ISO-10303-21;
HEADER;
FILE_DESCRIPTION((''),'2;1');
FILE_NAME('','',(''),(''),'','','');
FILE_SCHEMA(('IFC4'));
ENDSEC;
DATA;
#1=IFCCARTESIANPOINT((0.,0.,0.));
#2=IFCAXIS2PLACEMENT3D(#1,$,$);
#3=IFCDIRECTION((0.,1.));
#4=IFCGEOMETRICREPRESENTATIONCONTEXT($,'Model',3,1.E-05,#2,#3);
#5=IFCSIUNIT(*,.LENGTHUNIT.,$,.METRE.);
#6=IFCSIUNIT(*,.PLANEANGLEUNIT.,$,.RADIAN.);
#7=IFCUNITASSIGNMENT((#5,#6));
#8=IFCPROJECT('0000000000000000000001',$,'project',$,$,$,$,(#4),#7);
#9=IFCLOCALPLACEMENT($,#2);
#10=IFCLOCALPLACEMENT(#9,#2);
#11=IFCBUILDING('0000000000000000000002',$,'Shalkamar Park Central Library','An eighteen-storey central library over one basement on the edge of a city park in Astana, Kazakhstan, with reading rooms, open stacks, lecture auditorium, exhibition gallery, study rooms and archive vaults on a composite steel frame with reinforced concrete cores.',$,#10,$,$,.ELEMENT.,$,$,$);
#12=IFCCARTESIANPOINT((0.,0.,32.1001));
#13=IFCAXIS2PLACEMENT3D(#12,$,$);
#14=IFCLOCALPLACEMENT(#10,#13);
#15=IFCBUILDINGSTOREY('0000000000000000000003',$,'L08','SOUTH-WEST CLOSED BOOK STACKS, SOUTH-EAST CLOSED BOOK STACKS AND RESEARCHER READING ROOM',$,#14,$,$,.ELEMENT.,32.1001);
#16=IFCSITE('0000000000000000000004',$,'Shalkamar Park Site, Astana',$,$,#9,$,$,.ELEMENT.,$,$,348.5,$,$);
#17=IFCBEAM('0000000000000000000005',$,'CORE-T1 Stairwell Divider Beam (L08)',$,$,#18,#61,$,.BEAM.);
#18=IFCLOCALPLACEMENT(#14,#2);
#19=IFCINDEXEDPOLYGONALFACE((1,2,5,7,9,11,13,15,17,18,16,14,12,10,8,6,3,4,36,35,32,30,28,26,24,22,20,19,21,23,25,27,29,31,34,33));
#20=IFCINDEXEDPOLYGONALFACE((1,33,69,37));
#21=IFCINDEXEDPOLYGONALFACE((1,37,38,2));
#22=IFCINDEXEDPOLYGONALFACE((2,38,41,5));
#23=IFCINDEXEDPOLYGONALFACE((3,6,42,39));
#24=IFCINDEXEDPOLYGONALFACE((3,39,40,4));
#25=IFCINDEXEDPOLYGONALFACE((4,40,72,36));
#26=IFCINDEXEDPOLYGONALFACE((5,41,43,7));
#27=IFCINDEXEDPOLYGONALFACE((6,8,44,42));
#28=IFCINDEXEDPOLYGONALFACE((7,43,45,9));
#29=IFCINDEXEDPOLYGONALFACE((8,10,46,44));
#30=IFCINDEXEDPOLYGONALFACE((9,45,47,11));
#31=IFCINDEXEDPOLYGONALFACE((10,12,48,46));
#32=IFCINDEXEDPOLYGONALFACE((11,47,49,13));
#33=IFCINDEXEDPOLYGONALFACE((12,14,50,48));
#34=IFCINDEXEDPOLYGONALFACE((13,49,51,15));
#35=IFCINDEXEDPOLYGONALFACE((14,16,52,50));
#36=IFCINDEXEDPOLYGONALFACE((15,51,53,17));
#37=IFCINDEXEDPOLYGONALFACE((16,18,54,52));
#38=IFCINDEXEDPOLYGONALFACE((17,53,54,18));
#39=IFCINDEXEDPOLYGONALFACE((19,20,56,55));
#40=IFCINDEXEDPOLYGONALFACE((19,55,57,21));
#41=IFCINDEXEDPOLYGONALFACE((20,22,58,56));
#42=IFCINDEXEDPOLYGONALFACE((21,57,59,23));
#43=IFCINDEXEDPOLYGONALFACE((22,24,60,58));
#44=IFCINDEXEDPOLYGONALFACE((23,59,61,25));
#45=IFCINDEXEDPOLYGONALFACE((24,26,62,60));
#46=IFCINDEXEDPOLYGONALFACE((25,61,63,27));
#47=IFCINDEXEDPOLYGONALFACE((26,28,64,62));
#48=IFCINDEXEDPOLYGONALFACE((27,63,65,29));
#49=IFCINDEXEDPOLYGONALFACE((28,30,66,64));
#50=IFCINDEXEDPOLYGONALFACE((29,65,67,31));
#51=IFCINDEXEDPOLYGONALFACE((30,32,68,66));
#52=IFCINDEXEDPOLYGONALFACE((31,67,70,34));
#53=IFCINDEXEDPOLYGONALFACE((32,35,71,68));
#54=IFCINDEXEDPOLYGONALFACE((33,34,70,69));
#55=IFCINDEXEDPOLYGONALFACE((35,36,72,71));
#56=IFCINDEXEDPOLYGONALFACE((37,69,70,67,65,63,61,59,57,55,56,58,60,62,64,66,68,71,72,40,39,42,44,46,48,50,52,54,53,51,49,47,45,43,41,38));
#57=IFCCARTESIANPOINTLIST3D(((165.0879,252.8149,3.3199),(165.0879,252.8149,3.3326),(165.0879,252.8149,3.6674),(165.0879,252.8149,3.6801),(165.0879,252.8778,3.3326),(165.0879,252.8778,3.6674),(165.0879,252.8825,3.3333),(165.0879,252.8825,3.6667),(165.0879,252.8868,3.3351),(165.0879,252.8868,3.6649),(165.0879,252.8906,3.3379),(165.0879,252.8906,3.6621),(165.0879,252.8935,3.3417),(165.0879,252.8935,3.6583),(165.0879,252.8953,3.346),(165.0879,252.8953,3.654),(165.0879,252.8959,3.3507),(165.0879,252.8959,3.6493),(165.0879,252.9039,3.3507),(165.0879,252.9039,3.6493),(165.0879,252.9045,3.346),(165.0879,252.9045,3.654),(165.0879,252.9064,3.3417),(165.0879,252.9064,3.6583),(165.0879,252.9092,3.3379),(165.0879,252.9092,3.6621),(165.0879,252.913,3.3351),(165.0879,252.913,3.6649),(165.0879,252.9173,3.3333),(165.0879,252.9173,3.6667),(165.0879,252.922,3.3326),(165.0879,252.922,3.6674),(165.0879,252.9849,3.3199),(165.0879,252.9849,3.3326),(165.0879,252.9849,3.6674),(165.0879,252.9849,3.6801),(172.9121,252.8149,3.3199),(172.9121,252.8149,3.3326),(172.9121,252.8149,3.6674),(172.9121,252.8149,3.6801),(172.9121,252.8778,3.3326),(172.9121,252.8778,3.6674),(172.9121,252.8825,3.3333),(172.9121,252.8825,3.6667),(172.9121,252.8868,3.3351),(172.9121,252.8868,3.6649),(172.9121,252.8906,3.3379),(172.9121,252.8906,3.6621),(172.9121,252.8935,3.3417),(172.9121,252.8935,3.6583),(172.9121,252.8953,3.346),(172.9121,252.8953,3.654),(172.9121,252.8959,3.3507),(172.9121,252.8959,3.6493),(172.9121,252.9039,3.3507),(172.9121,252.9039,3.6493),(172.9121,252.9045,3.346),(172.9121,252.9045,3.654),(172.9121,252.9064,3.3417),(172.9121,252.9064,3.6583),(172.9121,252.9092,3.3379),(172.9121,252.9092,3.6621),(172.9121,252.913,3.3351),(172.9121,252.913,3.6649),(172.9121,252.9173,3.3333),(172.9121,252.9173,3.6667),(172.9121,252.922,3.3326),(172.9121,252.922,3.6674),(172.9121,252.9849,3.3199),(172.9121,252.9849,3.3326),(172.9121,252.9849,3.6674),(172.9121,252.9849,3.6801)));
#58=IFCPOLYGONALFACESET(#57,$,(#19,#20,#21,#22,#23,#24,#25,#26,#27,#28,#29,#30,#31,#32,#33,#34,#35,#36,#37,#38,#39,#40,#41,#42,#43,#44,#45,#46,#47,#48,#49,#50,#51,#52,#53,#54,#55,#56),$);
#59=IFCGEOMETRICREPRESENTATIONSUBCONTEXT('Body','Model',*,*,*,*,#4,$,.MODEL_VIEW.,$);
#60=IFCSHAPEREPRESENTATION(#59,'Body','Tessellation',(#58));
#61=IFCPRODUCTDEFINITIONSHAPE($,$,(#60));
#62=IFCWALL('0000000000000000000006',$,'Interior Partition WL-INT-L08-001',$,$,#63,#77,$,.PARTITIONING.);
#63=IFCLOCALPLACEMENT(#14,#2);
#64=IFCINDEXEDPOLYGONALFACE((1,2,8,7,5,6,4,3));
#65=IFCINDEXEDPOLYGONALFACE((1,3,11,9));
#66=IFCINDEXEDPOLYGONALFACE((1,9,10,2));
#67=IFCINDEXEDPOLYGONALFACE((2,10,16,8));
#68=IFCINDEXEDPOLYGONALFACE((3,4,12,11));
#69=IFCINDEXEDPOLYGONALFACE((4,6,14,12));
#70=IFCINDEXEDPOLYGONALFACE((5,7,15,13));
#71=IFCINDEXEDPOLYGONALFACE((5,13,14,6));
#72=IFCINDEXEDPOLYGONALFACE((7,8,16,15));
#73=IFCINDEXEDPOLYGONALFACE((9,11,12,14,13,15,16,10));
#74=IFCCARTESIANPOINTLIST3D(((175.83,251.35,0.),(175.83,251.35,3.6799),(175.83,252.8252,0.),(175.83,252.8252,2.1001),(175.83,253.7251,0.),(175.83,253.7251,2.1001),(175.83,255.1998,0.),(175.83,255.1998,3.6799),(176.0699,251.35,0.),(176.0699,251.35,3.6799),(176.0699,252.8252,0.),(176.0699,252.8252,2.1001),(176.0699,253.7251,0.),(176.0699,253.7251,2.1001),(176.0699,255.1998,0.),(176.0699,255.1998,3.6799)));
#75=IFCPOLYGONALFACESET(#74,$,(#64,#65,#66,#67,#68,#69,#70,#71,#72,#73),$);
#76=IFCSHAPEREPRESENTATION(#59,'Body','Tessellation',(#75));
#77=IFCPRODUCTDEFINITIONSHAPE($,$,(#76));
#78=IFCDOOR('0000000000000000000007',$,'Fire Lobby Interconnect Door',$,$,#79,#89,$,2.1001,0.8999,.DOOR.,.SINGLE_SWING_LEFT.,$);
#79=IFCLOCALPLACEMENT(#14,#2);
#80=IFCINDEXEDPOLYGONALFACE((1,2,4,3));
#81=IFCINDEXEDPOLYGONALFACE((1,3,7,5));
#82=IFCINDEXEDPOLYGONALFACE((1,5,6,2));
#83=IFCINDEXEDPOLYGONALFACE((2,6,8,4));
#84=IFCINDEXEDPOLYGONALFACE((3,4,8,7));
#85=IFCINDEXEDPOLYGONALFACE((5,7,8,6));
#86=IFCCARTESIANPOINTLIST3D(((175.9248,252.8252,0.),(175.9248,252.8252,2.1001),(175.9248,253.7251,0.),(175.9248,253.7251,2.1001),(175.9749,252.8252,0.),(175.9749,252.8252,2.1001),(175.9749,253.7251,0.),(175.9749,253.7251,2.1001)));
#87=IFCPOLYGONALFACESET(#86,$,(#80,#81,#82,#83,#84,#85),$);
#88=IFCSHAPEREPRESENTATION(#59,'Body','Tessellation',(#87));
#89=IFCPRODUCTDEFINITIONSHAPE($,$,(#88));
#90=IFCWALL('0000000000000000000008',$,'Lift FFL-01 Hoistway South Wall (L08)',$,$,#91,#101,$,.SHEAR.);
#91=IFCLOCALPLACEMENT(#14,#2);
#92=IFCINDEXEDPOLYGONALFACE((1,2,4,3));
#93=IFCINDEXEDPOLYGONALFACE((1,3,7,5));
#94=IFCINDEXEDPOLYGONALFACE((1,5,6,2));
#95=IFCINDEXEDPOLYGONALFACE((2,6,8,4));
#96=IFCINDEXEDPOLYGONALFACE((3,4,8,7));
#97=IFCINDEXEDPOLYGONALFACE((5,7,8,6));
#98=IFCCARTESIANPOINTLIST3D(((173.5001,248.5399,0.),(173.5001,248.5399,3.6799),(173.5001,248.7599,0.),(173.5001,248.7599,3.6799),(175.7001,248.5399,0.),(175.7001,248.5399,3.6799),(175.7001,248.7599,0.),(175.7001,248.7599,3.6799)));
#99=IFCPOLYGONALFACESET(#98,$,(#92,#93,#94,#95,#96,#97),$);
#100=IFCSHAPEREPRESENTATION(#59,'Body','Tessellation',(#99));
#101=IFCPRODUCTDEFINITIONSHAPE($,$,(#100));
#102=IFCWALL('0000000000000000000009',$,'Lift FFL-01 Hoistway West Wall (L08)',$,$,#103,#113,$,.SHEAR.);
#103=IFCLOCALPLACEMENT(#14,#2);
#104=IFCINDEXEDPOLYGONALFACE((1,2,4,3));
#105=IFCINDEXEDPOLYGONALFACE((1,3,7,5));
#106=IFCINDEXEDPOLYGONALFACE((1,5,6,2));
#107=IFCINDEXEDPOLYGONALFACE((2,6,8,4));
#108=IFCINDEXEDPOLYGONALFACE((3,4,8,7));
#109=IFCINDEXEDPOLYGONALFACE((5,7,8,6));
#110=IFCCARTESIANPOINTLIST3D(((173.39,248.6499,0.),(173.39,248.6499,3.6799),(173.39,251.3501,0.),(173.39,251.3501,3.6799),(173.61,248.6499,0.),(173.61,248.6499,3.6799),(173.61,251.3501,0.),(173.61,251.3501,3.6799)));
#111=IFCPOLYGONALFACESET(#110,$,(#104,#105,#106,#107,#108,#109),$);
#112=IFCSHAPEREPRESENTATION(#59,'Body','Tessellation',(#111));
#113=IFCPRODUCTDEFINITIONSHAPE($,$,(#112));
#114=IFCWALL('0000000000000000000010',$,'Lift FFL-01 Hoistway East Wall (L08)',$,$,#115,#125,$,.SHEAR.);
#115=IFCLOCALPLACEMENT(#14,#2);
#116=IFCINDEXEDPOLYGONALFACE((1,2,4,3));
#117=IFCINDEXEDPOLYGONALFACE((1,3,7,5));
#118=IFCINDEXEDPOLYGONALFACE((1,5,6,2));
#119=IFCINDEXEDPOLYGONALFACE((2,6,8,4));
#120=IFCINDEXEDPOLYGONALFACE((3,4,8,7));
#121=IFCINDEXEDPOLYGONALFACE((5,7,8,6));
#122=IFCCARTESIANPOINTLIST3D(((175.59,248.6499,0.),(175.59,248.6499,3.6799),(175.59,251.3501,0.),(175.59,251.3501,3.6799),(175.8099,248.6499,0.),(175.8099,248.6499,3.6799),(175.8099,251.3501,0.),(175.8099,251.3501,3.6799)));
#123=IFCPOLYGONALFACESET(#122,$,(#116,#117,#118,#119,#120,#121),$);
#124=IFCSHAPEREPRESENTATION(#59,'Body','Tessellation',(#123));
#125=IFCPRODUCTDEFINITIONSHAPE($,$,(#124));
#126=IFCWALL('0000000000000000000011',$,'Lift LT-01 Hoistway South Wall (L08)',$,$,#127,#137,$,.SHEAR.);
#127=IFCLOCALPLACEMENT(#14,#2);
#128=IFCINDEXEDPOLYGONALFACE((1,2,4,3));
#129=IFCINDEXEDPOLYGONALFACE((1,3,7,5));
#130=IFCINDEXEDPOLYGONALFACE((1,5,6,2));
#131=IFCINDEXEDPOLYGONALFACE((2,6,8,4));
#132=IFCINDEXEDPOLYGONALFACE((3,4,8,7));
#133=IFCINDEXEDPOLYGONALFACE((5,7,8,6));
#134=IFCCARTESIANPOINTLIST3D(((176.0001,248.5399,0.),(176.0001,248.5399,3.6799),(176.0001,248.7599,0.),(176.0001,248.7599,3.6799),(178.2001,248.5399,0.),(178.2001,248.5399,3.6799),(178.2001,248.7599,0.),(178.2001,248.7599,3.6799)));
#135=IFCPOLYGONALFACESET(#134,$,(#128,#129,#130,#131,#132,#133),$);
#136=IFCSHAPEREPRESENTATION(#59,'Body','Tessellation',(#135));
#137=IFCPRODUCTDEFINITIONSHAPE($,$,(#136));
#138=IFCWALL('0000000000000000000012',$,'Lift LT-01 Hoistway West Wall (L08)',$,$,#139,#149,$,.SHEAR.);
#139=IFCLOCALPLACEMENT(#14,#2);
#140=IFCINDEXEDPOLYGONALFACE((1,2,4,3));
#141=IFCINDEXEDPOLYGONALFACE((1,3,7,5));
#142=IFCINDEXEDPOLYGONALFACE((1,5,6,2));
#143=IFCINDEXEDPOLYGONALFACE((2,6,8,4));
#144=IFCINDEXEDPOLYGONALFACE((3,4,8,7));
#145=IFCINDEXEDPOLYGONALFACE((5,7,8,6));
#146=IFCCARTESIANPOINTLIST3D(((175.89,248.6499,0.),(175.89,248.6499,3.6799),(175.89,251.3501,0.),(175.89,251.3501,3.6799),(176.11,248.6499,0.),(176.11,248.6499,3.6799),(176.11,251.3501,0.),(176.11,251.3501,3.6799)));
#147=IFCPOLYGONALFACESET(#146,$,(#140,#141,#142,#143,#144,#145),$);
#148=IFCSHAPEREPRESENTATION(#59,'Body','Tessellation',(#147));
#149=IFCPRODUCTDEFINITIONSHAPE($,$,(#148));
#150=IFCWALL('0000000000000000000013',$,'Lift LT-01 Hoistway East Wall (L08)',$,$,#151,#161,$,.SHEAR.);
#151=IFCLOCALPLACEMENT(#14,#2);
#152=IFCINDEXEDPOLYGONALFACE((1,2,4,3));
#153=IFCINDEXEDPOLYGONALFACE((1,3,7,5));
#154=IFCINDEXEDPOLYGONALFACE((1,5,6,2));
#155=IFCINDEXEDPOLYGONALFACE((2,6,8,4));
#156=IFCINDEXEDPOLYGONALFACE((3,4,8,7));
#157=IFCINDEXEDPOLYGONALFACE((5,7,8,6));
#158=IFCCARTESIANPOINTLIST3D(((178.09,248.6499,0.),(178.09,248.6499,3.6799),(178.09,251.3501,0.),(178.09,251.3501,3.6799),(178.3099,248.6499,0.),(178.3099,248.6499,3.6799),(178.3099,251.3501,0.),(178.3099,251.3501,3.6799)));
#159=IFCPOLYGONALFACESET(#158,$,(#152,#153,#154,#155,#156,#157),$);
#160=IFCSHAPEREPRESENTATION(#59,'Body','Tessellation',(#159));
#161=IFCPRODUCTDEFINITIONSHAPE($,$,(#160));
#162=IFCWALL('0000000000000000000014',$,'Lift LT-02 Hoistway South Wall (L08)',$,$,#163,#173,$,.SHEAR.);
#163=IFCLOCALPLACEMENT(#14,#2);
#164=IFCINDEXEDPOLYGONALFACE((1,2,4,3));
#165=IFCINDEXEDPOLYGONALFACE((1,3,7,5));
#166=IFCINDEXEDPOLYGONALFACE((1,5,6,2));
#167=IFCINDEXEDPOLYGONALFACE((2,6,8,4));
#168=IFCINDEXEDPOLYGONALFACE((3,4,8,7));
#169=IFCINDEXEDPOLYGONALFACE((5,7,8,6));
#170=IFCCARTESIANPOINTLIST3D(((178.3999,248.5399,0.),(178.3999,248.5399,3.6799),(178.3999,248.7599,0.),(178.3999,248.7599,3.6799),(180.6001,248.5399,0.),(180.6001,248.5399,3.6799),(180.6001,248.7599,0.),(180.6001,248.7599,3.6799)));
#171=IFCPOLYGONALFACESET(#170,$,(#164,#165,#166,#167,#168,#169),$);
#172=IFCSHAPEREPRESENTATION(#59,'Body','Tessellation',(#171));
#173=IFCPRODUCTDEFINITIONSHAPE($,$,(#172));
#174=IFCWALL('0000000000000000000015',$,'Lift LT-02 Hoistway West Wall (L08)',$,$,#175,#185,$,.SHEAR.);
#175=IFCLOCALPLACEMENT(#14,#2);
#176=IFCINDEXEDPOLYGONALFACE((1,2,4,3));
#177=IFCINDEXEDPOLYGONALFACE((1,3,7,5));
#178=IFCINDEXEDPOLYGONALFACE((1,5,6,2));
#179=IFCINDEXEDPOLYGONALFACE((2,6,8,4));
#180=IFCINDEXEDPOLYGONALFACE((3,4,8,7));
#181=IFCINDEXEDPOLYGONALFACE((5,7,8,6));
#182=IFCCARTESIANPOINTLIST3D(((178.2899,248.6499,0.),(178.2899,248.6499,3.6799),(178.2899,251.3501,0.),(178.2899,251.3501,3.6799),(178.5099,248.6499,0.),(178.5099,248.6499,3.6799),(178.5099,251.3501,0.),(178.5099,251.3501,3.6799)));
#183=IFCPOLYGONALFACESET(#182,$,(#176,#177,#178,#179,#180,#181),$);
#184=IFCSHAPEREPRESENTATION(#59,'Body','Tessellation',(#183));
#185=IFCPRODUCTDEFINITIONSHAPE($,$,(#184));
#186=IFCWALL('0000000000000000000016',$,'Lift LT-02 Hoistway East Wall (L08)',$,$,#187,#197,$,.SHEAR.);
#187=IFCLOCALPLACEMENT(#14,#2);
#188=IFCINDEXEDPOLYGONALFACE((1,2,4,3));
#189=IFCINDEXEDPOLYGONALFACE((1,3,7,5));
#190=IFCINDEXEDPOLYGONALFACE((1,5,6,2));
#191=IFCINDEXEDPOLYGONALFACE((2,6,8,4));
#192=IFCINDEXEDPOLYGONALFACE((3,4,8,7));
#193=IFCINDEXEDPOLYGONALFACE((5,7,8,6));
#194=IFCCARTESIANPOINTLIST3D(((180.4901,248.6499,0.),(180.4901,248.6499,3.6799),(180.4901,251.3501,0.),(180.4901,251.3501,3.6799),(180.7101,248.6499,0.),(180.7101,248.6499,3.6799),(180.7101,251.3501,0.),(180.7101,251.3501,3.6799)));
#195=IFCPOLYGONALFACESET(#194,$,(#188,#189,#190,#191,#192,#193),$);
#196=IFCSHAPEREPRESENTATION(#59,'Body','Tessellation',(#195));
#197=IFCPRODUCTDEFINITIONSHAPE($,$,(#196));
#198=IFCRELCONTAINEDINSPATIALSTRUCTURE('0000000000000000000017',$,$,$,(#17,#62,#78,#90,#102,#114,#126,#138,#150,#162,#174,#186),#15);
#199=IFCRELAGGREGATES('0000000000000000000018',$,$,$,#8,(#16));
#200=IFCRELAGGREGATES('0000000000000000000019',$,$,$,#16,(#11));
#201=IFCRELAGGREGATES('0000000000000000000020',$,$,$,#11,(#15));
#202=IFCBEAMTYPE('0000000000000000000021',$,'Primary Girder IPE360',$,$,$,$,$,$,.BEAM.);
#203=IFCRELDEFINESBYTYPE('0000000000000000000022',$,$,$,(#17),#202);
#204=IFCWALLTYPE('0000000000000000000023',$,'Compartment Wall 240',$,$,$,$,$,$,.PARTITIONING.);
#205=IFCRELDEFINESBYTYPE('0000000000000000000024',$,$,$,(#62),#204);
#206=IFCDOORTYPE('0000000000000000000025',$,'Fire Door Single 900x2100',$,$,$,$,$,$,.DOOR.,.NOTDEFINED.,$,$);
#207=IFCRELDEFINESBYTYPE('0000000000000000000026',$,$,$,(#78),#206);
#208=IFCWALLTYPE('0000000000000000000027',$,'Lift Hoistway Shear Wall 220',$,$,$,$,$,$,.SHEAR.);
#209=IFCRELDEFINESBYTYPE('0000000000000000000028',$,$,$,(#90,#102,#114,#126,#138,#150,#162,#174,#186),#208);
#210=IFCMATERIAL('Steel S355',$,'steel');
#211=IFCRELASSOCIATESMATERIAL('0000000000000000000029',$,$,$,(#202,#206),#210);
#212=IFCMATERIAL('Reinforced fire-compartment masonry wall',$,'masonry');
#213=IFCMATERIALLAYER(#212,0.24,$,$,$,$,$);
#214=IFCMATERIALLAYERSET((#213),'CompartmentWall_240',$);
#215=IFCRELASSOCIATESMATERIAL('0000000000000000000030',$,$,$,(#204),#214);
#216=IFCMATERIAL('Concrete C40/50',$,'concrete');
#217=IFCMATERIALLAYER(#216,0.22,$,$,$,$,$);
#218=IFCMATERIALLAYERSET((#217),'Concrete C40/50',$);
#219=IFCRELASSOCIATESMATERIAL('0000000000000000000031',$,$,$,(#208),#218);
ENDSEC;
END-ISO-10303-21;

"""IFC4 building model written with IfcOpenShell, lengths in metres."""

from ifc_helpers import new_model, si_unit, direction, frame, frame_2d, origin, origin_2d, place, context, subcontext, project, spatial, rectangle, i_section, extrude, material, layer, layer_set, material_profile, profile_set, type_object, element, fill, save


model = new_model("IFC4")

# Units and contexts
model_context = context("Model", 3, precision=1e-05, world=origin(), true_north=direction((0.0, 1.0)))
body_context = subcontext(model_context, "Body", "Model", "MODEL_VIEW")
ifc_project = project(units=[si_unit("LENGTHUNIT", "METRE"), si_unit("PLANEANGLEUNIT", "RADIAN")], contexts=[model_context])

# Site, building, storey
site_placement = place(None, origin())
site = spatial("IfcSite", under=ifc_project, at=site_placement, Name="Shalkamar Park Site, Astana", CompositionType="ELEMENT", RefElevation=348.5)
building_placement = place(site_placement, origin())
building = spatial("IfcBuilding", under=site, at=building_placement, Name="Shalkamar Park Central Library", Description="An eighteen-storey central library over one basement on the edge of a city park in Astana, Kazakhstan, with reading rooms, open stacks, lecture auditorium, exhibition gallery, study rooms and archive vaults on a composite steel frame with reinforced concrete cores.", CompositionType="ELEMENT")
storey_placement = place(building_placement, frame((0.0, 0.0, 32.1001)))
storey = spatial("IfcBuildingStorey", under=building, at=storey_placement, Name="L08", Description="SOUTH-WEST CLOSED BOOK STACKS, SOUTH-EAST CLOSED BOOK STACKS AND RESEARCHER READING ROOM", CompositionType="ELEMENT", Elevation=32.1001)

# Shared definitions
ifc_material_1 = material(Name="Steel S355", Category="steel")

# Beam
ifc_material_profile_1 = material_profile(ifc_material_1, i_section(OverallWidth=0.1699, OverallDepth=0.3601, WebThickness=0.0081, FlangeThickness=0.0127, FilletRadius=0.0181, at=origin_2d()), Name="IPE 360")
ifc_profile_set_1 = profile_set([ifc_material_profile_1], Name="Steel S355")
beam_type_1 = type_object("IfcBeamType", Name="Primary Girder IPE360", PredefinedType="BEAM", material=ifc_profile_set_1)
beam_1_placement = place(storey_placement, frame((165.0879, 252.8999, 3.5), z_axis=(1.0, 0.0, 0.0), x_axis=(0.0, 1.0, 0.0)))
element("IfcBeam", 1, at=beam_1_placement, inside=storey, type_object=beam_type_1, Name="CORE-T1 Stairwell Divider Beam (L08)", PredefinedType="BEAM", context=body_context, shape_type="SweptSolid", body=[
    extrude(i_section(OverallWidth=0.1699, OverallDepth=0.3601, WebThickness=0.0081, FlangeThickness=0.0127, FilletRadius=0.0181, at=origin_2d()), origin(), (0.0, 0.0, 1.0), 7.8242),
])

# Wall, opening, door
ifc_material_2 = material(Name="Reinforced fire-compartment masonry wall", Category="masonry")
ifc_layer_1 = layer(ifc_material_2, 0.24)
ifc_layer_set_1 = layer_set([ifc_layer_1], Name="CompartmentWall_240")
wall_type_1 = type_object("IfcWallType", Name="Compartment Wall 240", PredefinedType="PARTITIONING", material=ifc_layer_set_1)
wall_1_placement = place(storey_placement, frame((175.95, 251.3501, 0.0), z_axis=(0.0, 0.0, 1.0), x_axis=(0.0, 1.0, 0.0)))
wall_1 = element("IfcWall", 2, at=wall_1_placement, inside=storey, type_object=wall_type_1, Name="Interior Partition WL-INT-L08-001", PredefinedType="PARTITIONING", context=body_context, shape_type="SweptSolid", body=[
    extrude(rectangle(XDim=3.8499, YDim=0.24, at=frame_2d((1.9248, 0.0))), origin(), (0.0, 0.0, 1.0), 3.6799),
])
opening_1_placement = place(wall_1_placement, frame((1.4751, 0.0, 0.0)))
opening_1 = element("IfcOpeningElement", 3, at=opening_1_placement, cuts=wall_1, PredefinedType="OPENING", context=body_context, shape_type="SweptSolid", body=[
    extrude(rectangle(XDim=0.8999, YDim=2.1001, at=frame_2d((0.45, 1.05))), frame((0.0, 0.1348, 0.0), z_axis=(0.0, -1.0, 0.0), x_axis=(1.0, 0.0, 0.0)), (0.0, 0.0, 1.0), 0.2698),
])
door_type_1 = type_object("IfcDoorType", Name="Fire Door Single 900x2100", OperationType="NOTDEFINED", PredefinedType="DOOR", material=ifc_material_1)
door_1_placement = place(opening_1_placement, frame((0.8999, 0.0, 0.0), z_axis=(0.0, 0.0, 1.0), x_axis=(-1.0, 0.0, 0.0)))
door_1 = element("IfcDoor", 4, at=door_1_placement, inside=storey, type_object=door_type_1, Name="Fire Lobby Interconnect Door", OperationType="SINGLE_SWING_LEFT", OverallHeight=2.1001, OverallWidth=0.8999, PredefinedType="DOOR", context=body_context, shape_type="SweptSolid", body=[
    extrude(rectangle(XDim=0.8999, YDim=2.1001, at=frame_2d((0.45, 1.05))), frame((0.0, 0.0249, 0.0), z_axis=(0.0, -1.0, 0.0), x_axis=(1.0, 0.0, 0.0)), (0.0, 0.0, 1.0), 0.05),
])
fill(opening_1, door_1)

# Walls
ifc_material_3 = material(Name="Concrete C40/50", Category="concrete")
ifc_layer_2 = layer(ifc_material_3, 0.22)
ifc_layer_set_2 = layer_set([ifc_layer_2], Name="Concrete C40/50")
wall_type_2 = type_object("IfcWallType", Name="Lift Hoistway Shear Wall 220", PredefinedType="SHEAR", material=ifc_layer_set_2)
wall_2_placement = place(storey_placement, frame((173.5, 248.6499, 0.0), z_axis=(0.0, 0.0, 1.0), x_axis=(1.0, 0.0, 0.0)))
element("IfcWall", 5, at=wall_2_placement, inside=storey, type_object=wall_type_2, Name="Lift FFL-01 Hoistway South Wall (L08)", PredefinedType="SHEAR", context=body_context, shape_type="SweptSolid", body=[
    extrude(rectangle(XDim=2.2, YDim=0.22, at=frame_2d((1.1001, 0.0))), origin(), (0.0, 0.0, 1.0), 3.6799),
])
for number, where, z_axis, x_axis, name in (
    (6, (173.5, 248.6499, 0.0), (0.0, 0.0, 1.0), (0.0, 1.0, 0.0), "Lift FFL-01 Hoistway West Wall (L08)"),
    (7, (175.7, 248.6499, 0.0), (0.0, 0.0, 1.0), (0.0, 1.0, 0.0), "Lift FFL-01 Hoistway East Wall (L08)"),
):
    element("IfcWall", number, at=place(storey_placement, frame(where, z_axis=z_axis, x_axis=x_axis)), inside=storey, type_object=wall_type_2, Name=name, PredefinedType="SHEAR", context=body_context, shape_type="SweptSolid", body=[
        extrude(rectangle(XDim=2.7002, YDim=0.22, at=frame_2d((1.3501, 0.0))), origin(), (0.0, 0.0, 1.0), 3.6799),
    ])

# Walls
wall_3_placement = place(storey_placement, frame((176.0, 248.6499, 0.0), z_axis=(0.0, 0.0, 1.0), x_axis=(1.0, 0.0, 0.0)))
element("IfcWall", 8, at=wall_3_placement, inside=storey, type_object=wall_type_2, Name="Lift LT-01 Hoistway South Wall (L08)", PredefinedType="SHEAR", context=body_context, shape_type="SweptSolid", body=[
    extrude(rectangle(XDim=2.2, YDim=0.22, at=frame_2d((1.1001, 0.0))), origin(), (0.0, 0.0, 1.0), 3.6799),
])
for number, where, z_axis, x_axis, name in (
    (9, (176.0, 248.6499, 0.0), (0.0, 0.0, 1.0), (0.0, 1.0, 0.0), "Lift LT-01 Hoistway West Wall (L08)"),
    (10, (178.2, 248.6499, 0.0), (0.0, 0.0, 1.0), (0.0, 1.0, 0.0), "Lift LT-01 Hoistway East Wall (L08)"),
):
    element("IfcWall", number, at=place(storey_placement, frame(where, z_axis=z_axis, x_axis=x_axis)), inside=storey, type_object=wall_type_2, Name=name, PredefinedType="SHEAR", context=body_context, shape_type="SweptSolid", body=[
        extrude(rectangle(XDim=2.7002, YDim=0.22, at=frame_2d((1.3501, 0.0))), origin(), (0.0, 0.0, 1.0), 3.6799),
    ])

# Walls
wall_4_placement = place(storey_placement, frame((178.3999, 248.6499, 0.0), z_axis=(0.0, 0.0, 1.0), x_axis=(1.0, 0.0, 0.0)))
element("IfcWall", 11, at=wall_4_placement, inside=storey, type_object=wall_type_2, Name="Lift LT-02 Hoistway South Wall (L08)", PredefinedType="SHEAR", context=body_context, shape_type="SweptSolid", body=[
    extrude(rectangle(XDim=2.2002, YDim=0.22, at=frame_2d((1.1001, 0.0))), origin(), (0.0, 0.0, 1.0), 3.6799),
])
for number, where, z_axis, x_axis, name in (
    (12, (178.3999, 248.6499, 0.0), (0.0, 0.0, 1.0), (0.0, 1.0, 0.0), "Lift LT-02 Hoistway West Wall (L08)"),
    (13, (180.6001, 248.6499, 0.0), (0.0, 0.0, 1.0), (0.0, 1.0, 0.0), "Lift LT-02 Hoistway East Wall (L08)"),
):
    element("IfcWall", number, at=place(storey_placement, frame(where, z_axis=z_axis, x_axis=x_axis)), inside=storey, type_object=wall_type_2, Name=name, PredefinedType="SHEAR", context=body_context, shape_type="SweptSolid", body=[
        extrude(rectangle(XDim=2.7002, YDim=0.22, at=frame_2d((1.3501, 0.0))), origin(), (0.0, 0.0, 1.0), 3.6799),
    ])

save(model, "model.ifc")
